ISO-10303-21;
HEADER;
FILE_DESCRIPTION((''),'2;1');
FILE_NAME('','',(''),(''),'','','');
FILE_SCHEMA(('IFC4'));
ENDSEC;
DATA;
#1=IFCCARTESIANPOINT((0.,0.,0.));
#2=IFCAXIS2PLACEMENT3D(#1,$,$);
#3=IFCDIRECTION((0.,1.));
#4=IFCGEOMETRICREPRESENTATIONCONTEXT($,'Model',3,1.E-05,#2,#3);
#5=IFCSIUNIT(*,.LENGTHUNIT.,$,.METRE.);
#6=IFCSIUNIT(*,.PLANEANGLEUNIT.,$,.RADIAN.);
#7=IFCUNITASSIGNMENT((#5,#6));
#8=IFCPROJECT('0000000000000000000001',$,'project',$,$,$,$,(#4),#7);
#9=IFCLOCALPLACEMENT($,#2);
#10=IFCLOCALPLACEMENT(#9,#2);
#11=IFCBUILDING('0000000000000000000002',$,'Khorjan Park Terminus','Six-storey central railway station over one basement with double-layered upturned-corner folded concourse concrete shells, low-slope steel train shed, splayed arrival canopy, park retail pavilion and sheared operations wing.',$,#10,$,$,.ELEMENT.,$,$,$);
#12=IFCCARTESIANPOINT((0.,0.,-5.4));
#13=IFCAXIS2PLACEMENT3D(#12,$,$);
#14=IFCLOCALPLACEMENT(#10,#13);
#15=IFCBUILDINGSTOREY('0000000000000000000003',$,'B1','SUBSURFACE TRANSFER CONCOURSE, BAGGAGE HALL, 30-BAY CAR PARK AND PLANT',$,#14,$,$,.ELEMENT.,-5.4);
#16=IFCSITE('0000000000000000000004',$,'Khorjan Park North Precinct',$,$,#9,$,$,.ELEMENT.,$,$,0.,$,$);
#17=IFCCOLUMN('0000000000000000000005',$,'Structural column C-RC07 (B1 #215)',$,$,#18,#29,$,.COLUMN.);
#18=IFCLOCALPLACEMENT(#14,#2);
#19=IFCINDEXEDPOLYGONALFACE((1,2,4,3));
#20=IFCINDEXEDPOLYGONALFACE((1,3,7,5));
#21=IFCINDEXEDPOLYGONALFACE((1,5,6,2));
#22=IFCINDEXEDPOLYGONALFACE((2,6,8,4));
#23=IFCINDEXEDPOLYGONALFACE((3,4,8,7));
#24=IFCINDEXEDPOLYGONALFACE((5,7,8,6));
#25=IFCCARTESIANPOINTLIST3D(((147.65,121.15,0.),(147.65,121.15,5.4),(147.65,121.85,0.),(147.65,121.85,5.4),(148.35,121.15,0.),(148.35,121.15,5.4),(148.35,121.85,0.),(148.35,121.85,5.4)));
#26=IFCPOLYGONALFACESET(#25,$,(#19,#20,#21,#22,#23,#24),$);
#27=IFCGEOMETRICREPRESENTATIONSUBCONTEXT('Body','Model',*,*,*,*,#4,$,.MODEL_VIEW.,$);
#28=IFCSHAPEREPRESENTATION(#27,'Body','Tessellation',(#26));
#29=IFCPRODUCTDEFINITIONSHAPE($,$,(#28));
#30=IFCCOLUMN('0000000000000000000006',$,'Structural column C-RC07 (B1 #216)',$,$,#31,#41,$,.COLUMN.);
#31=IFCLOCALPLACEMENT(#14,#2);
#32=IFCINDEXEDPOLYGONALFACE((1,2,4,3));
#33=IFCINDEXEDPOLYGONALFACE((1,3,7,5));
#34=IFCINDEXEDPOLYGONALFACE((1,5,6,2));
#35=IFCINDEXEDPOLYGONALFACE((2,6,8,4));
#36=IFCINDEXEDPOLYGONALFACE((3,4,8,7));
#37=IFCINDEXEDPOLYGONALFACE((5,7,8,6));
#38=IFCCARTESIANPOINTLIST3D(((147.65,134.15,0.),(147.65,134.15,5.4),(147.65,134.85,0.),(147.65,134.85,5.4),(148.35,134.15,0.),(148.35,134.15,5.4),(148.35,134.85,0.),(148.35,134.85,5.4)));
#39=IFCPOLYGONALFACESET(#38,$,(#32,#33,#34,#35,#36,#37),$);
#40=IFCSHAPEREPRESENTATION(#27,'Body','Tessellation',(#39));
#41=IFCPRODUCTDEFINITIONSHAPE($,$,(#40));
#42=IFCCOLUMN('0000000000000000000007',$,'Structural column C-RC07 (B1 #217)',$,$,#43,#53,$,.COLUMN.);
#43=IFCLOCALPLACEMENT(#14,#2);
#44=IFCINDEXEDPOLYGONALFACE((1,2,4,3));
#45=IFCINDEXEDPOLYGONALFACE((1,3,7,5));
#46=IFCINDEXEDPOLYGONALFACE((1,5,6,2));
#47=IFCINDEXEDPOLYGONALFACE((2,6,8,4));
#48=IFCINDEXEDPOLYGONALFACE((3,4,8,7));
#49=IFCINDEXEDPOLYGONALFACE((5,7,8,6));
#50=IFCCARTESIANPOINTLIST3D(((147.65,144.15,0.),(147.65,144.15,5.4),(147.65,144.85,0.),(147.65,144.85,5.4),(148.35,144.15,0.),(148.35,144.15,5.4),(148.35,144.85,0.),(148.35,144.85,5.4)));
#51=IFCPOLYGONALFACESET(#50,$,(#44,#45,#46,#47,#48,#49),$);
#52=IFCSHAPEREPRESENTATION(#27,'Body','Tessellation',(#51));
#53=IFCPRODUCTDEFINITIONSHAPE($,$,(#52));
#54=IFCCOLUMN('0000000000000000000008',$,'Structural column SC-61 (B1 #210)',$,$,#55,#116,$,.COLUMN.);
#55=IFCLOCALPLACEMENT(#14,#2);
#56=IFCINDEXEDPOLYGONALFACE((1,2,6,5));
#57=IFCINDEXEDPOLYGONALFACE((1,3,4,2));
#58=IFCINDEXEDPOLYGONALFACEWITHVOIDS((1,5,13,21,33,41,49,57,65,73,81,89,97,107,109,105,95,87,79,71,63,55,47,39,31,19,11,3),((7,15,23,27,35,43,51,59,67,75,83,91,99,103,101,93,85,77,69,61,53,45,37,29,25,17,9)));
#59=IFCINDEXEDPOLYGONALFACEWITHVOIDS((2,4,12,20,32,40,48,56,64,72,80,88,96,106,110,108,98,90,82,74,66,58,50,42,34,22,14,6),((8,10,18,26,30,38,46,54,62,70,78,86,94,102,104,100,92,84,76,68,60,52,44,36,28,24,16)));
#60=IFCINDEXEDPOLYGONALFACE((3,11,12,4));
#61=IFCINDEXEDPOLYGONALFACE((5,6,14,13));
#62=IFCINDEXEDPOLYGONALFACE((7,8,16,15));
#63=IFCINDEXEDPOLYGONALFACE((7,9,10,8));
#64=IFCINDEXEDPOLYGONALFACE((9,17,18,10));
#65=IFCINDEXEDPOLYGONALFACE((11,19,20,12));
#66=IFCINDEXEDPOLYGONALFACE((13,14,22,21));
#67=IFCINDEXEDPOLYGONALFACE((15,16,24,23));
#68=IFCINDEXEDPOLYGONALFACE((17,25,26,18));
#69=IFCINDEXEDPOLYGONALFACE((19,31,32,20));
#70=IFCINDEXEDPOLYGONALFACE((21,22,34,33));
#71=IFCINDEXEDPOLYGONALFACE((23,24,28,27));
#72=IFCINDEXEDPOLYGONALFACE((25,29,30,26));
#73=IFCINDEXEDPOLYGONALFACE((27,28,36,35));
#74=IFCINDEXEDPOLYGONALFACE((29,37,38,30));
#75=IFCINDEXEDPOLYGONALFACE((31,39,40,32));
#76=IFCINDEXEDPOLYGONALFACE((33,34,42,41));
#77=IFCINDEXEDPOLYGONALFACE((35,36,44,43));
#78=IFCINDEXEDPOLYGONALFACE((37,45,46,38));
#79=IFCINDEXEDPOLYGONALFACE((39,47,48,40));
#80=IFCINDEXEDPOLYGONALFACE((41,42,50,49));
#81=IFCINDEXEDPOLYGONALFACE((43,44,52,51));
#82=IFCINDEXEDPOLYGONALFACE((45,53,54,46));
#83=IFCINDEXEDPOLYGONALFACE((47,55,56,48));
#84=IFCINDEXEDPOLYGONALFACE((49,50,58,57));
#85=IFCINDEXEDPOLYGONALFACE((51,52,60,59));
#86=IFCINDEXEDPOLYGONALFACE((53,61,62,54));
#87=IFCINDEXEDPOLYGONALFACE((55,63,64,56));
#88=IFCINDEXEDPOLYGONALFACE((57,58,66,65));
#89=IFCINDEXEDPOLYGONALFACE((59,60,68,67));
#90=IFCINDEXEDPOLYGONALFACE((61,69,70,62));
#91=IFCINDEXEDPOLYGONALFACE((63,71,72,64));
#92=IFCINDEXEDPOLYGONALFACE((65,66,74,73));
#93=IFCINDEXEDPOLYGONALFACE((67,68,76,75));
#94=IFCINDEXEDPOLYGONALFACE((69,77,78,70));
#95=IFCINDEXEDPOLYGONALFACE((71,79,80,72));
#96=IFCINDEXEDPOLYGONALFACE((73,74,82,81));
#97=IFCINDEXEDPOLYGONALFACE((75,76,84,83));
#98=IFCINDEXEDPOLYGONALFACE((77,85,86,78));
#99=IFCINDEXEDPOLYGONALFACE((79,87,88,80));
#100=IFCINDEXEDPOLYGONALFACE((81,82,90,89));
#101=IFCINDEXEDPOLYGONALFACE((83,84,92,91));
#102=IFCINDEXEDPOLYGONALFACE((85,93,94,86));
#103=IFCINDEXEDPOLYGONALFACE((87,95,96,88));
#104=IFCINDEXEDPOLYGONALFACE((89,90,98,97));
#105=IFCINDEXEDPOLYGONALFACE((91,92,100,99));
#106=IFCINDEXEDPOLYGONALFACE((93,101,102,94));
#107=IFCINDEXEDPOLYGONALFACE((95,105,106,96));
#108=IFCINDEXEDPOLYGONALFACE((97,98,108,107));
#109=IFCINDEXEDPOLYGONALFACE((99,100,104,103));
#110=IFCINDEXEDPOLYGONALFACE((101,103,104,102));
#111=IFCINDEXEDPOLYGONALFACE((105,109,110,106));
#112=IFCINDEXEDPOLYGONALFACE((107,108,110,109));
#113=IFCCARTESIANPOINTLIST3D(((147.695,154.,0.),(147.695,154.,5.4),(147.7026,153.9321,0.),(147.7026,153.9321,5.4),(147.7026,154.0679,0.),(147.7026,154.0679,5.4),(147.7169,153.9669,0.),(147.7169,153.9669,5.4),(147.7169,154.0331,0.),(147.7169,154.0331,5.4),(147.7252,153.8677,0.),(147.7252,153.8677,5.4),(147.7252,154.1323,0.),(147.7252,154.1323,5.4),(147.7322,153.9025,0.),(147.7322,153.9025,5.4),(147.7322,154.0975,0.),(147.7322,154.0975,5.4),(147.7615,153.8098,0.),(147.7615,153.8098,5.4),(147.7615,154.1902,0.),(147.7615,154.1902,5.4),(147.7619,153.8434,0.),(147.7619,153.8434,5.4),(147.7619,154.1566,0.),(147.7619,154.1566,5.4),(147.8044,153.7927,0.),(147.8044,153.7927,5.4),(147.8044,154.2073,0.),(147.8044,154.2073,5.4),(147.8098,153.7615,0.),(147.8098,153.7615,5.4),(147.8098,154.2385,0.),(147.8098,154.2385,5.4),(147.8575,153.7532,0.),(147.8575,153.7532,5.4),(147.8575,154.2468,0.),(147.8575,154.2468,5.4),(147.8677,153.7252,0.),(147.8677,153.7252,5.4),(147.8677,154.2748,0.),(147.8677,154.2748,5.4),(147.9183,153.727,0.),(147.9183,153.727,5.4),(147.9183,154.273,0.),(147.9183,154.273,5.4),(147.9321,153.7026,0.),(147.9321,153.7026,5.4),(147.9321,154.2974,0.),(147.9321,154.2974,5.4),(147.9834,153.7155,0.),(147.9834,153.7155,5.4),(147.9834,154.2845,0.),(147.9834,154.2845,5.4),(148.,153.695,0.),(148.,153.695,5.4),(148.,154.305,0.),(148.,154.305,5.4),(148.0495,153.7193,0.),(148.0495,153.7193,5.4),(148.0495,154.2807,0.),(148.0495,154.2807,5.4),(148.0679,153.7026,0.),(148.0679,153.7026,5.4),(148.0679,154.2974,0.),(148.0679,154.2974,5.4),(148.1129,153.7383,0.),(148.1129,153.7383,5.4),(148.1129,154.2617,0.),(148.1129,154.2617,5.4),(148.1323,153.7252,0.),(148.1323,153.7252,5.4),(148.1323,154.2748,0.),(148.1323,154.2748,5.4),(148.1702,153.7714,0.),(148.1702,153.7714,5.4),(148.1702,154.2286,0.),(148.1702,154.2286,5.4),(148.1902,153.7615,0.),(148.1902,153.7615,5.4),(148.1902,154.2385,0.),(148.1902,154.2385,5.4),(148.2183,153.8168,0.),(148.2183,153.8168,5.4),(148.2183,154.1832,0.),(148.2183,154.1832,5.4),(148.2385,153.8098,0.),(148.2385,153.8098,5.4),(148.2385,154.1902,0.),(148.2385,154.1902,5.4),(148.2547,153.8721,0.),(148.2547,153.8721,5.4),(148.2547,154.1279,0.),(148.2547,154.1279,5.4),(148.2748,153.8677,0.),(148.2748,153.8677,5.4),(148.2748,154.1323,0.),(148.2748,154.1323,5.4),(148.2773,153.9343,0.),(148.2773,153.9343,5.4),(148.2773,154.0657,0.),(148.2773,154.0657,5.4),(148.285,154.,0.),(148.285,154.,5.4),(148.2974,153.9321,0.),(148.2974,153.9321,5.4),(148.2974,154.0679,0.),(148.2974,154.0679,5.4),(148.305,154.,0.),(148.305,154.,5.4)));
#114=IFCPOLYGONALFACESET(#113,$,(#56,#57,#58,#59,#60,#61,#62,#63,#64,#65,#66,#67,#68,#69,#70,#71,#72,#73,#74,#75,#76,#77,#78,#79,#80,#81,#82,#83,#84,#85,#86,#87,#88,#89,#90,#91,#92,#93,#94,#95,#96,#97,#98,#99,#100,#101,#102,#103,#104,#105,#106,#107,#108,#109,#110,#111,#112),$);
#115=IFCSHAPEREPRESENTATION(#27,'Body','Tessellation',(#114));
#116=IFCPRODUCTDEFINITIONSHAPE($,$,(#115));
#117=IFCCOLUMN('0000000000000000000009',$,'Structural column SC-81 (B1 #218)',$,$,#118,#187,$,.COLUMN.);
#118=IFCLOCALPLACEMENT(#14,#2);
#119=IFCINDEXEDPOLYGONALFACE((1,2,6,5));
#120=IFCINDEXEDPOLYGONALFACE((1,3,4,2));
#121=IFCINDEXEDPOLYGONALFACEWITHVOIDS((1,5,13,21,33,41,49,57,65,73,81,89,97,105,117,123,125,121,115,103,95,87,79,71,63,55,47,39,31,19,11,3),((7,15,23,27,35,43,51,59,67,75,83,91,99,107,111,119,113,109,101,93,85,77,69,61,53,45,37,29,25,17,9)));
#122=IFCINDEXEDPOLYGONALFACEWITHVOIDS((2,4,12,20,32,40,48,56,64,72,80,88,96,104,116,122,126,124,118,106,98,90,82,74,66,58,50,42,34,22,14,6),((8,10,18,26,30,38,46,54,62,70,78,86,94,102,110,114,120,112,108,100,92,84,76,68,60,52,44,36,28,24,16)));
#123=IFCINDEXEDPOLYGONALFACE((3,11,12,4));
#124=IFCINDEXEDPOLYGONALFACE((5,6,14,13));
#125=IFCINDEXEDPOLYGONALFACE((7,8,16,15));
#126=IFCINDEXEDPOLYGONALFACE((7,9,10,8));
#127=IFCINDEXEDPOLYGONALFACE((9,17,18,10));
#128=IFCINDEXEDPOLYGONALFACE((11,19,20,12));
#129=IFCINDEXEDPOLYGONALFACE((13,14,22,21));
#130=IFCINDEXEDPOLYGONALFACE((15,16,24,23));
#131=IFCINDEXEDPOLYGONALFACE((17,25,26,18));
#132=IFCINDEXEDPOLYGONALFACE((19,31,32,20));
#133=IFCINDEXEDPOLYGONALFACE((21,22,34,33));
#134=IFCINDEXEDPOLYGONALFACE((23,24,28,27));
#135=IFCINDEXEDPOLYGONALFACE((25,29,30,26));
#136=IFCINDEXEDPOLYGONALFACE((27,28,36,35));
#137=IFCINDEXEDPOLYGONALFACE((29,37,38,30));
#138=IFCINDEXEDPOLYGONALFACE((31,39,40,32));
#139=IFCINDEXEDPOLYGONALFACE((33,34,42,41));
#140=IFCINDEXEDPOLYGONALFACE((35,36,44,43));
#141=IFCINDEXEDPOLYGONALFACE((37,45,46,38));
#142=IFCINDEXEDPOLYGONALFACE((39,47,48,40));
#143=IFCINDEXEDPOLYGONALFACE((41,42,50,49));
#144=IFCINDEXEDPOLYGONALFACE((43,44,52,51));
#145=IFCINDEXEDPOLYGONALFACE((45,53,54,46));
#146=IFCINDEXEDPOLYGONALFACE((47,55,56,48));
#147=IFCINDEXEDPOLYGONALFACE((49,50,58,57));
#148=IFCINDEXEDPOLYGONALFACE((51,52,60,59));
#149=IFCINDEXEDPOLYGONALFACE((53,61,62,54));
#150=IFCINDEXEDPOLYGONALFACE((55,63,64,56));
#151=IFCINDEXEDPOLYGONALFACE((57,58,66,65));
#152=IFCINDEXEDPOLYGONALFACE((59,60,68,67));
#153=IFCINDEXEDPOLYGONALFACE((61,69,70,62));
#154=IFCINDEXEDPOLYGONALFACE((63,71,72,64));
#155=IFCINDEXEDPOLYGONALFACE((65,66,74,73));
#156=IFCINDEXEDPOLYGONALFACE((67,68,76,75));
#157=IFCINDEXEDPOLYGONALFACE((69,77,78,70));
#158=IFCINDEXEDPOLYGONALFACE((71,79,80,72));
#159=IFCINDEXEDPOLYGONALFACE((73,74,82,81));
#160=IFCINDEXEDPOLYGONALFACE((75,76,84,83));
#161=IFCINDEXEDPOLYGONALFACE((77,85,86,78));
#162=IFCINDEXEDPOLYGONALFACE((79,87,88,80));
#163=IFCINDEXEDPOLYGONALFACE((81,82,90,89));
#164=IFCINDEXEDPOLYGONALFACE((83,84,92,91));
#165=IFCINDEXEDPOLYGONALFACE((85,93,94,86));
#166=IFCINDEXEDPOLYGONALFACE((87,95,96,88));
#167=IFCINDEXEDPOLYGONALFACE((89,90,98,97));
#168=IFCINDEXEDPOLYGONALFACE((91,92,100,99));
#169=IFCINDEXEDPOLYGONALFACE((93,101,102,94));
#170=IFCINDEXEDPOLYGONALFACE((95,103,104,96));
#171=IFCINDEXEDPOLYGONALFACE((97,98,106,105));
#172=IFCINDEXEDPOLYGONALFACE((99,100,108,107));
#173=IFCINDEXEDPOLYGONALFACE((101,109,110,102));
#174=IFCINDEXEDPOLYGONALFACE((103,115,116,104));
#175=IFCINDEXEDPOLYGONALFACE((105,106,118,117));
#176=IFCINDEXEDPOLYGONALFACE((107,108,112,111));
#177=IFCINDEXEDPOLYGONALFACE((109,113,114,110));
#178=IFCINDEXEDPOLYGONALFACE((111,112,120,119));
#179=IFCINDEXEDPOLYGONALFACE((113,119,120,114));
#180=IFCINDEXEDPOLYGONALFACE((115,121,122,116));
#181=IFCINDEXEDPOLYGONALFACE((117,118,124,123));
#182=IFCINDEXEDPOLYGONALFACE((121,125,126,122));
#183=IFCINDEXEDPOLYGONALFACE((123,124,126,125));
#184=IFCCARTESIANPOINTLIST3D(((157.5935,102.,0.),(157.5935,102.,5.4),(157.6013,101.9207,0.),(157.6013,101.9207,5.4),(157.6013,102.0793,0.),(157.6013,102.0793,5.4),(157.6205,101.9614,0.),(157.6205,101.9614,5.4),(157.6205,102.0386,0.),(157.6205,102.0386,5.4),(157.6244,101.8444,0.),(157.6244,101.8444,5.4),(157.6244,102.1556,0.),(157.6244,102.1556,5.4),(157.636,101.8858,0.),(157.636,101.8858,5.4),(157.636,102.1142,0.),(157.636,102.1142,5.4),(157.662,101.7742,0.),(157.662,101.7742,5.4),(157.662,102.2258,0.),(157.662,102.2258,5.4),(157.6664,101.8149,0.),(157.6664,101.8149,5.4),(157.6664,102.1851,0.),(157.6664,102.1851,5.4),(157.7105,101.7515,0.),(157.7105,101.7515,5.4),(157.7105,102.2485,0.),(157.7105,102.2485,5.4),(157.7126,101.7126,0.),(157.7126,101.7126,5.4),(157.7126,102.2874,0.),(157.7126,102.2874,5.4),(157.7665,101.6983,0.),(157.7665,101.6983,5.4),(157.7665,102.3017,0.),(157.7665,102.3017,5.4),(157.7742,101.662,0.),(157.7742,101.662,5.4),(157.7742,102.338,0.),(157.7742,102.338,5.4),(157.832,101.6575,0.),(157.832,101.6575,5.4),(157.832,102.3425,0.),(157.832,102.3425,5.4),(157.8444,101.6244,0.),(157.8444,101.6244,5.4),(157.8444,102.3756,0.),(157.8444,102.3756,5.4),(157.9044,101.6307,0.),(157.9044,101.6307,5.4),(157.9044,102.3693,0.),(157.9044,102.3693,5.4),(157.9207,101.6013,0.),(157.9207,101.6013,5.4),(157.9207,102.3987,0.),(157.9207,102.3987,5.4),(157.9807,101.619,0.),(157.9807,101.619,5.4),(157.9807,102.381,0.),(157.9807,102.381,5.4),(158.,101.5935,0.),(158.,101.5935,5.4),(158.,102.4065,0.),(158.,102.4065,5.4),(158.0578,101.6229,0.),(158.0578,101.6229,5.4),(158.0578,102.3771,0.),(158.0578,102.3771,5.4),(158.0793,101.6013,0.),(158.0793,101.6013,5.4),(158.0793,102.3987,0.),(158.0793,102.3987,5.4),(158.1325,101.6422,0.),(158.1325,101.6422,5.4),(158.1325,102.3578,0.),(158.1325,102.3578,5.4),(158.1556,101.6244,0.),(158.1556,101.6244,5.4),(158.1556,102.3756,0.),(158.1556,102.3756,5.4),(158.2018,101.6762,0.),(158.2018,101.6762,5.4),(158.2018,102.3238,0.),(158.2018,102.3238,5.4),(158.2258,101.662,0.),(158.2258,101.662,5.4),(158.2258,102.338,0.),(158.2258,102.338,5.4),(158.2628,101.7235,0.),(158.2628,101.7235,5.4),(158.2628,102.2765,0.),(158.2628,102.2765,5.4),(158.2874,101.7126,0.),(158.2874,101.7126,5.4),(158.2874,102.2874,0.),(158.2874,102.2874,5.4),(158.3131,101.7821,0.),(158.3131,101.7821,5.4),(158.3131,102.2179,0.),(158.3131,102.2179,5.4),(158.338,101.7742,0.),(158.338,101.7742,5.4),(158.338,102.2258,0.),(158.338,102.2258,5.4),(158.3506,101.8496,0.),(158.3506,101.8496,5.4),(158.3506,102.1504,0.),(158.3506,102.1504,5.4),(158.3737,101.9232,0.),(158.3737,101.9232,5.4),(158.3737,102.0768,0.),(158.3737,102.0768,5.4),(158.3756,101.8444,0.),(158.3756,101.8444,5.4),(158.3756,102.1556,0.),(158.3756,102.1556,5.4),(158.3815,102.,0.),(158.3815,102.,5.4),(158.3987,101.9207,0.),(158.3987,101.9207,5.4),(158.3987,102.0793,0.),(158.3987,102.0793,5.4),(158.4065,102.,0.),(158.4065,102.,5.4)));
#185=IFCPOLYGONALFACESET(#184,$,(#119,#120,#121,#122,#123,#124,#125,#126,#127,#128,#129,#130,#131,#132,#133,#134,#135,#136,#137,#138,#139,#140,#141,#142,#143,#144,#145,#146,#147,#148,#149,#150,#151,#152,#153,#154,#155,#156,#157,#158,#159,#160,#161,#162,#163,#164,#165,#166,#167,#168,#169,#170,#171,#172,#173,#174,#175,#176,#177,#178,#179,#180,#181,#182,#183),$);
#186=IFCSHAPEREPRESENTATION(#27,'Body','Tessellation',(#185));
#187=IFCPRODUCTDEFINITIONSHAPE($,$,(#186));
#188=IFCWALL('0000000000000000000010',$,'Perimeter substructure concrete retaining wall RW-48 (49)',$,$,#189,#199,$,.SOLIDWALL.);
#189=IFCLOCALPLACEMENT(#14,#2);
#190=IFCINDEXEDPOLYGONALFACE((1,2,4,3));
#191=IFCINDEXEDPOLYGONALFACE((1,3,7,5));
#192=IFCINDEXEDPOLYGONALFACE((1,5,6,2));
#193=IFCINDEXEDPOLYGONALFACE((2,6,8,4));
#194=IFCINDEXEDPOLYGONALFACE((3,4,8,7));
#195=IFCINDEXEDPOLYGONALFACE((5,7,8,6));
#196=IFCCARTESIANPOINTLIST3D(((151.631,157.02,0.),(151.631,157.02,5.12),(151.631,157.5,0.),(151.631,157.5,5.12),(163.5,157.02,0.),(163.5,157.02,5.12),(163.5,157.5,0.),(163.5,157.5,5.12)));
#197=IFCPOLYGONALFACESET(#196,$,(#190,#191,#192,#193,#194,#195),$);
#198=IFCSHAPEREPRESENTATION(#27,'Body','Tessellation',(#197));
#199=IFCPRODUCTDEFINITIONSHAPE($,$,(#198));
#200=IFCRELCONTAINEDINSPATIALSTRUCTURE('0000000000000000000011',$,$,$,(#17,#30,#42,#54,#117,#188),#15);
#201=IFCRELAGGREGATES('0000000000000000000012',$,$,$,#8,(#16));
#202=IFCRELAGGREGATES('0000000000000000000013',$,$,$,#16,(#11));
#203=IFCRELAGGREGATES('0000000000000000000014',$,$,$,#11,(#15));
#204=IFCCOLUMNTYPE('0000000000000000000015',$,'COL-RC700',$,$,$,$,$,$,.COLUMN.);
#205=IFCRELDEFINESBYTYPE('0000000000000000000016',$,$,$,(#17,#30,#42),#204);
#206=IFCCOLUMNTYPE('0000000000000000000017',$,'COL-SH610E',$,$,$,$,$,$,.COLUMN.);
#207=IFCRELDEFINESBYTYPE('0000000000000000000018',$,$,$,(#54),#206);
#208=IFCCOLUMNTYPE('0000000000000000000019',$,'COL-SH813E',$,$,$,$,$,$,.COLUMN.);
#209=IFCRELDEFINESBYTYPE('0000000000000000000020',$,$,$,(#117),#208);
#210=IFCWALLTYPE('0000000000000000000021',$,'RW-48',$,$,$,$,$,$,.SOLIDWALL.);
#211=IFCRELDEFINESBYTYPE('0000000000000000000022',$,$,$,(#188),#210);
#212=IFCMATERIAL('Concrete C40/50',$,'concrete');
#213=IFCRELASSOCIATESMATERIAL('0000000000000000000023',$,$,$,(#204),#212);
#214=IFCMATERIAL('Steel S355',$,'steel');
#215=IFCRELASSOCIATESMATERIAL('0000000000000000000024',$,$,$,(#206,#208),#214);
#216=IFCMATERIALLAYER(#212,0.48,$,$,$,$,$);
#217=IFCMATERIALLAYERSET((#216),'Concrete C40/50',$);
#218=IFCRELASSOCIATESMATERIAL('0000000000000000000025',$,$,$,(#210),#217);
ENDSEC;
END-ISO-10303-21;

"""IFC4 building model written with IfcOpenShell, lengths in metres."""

from ifc_helpers import new_model, si_unit, direction, frame, frame_2d, origin, origin_2d, place, context, subcontext, project, spatial, rectangle, hollow_circle, extrude, material, layer, layer_set, material_profile, profile_set, type_object, element, save


model = new_model("IFC4")

# Units and contexts
model_context = context("Model", 3, precision=1e-05, world=origin(), true_north=direction((0.0, 1.0)))
body_context = subcontext(model_context, "Body", "Model", "MODEL_VIEW")
ifc_project = project(units=[si_unit("LENGTHUNIT", "METRE"), si_unit("PLANEANGLEUNIT", "RADIAN")], contexts=[model_context])

# Site, building, storey
site_placement = place(None, origin())
site = spatial("IfcSite", under=ifc_project, at=site_placement, Name="Khorjan Park North Precinct", CompositionType="ELEMENT", RefElevation=0.0)
building_placement = place(site_placement, origin())
building = spatial("IfcBuilding", under=site, at=building_placement, Name="Khorjan Park Terminus", Description="Six-storey central railway station over one basement with double-layered upturned-corner folded concourse concrete shells, low-slope steel train shed, splayed arrival canopy, park retail pavilion and sheared operations wing.", CompositionType="ELEMENT")
storey_placement = place(building_placement, frame((0.0, 0.0, -5.4)))
storey = spatial("IfcBuildingStorey", under=building, at=storey_placement, Name="B1", Description="SUBSURFACE TRANSFER CONCOURSE, BAGGAGE HALL, 30-BAY CAR PARK AND PLANT", CompositionType="ELEMENT", Elevation=-5.4)

# Shared definitions
ifc_material_1 = material(Name="Concrete C40/50", Category="concrete")

# Columns
ifc_material_profile_1 = material_profile(ifc_material_1, rectangle(XDim=0.7, YDim=0.7, at=origin_2d()), Name="RC 700x700")
ifc_profile_set_1 = profile_set([ifc_material_profile_1], Name="Concrete C40/50")
column_type_1 = type_object("IfcColumnType", Name="COL-RC700", PredefinedType="COLUMN", material=ifc_profile_set_1)
for number, where, z_axis, x_axis, name in (
    (1, (148.0, 121.5, 0.0), (0.0, 0.0, 1.0), (1.0, 0.0, 0.0), "Structural column C-RC07 (B1 #215)"),
    (2, (148.0, 134.5, 0.0), (0.0, 0.0, 1.0), (1.0, 0.0, 0.0), "Structural column C-RC07 (B1 #216)"),
    (3, (148.0, 144.5, 0.0), (0.0, 0.0, 1.0), (1.0, 0.0, 0.0), "Structural column C-RC07 (B1 #217)"),
):
    element("IfcColumn", number, at=place(storey_placement, frame(where, z_axis=z_axis, x_axis=x_axis)), inside=storey, type_object=column_type_1, Name=name, PredefinedType="COLUMN", context=body_context, shape_type="SweptSolid", body=[
        extrude(rectangle(XDim=0.7, YDim=0.7, at=origin_2d()), origin(), (0.0, 0.0, 1.0), 5.4),
    ])
ifc_material_2 = material(Name="Steel S355", Category="steel")
ifc_material_profile_2 = material_profile(ifc_material_2, hollow_circle(Radius=0.305, WallThickness=0.02, at=origin_2d()), Name="CHS 610x20")
ifc_profile_set_2 = profile_set([ifc_material_profile_2], Name="Steel S355")
column_type_2 = type_object("IfcColumnType", Name="COL-SH610E", PredefinedType="COLUMN", material=ifc_profile_set_2)
column_1_placement = place(storey_placement, frame((148.0, 154.0, 0.0), z_axis=(0.0, 0.0, 1.0), x_axis=(1.0, 0.0, 0.0)))
element("IfcColumn", 4, at=column_1_placement, inside=storey, type_object=column_type_2, Name="Structural column SC-61 (B1 #210)", PredefinedType="COLUMN", context=body_context, shape_type="SweptSolid", body=[
    extrude(hollow_circle(Radius=0.305, WallThickness=0.02, at=origin_2d()), origin(), (0.0, 0.0, 1.0), 5.4),
])
ifc_material_profile_3 = material_profile(ifc_material_2, hollow_circle(Radius=0.4065, WallThickness=0.025, at=origin_2d()), Name="CHS 813x25")
ifc_profile_set_3 = profile_set([ifc_material_profile_3], Name="Steel S355")
column_type_3 = type_object("IfcColumnType", Name="COL-SH813E", PredefinedType="COLUMN", material=ifc_profile_set_3)
column_2_placement = place(storey_placement, frame((158.0, 102.0, 0.0), z_axis=(0.0, 0.0, 1.0), x_axis=(1.0, 0.0, 0.0)))
element("IfcColumn", 5, at=column_2_placement, inside=storey, type_object=column_type_3, Name="Structural column SC-81 (B1 #218)", PredefinedType="COLUMN", context=body_context, shape_type="SweptSolid", body=[
    extrude(hollow_circle(Radius=0.4065, WallThickness=0.025, at=origin_2d()), origin(), (0.0, 0.0, 1.0), 5.4),
])

# Wall
ifc_layer = layer(ifc_material_1, 0.48)
ifc_layer_set = layer_set([ifc_layer], Name="Concrete C40/50")
wall_type = type_object("IfcWallType", Name="RW-48", PredefinedType="SOLIDWALL", material=ifc_layer_set)
wall_placement = place(storey_placement, frame((151.631, 157.26, 0.0), z_axis=(0.0, 0.0, 1.0), x_axis=(1.0, 0.0, 0.0)))
element("IfcWall", 6, at=wall_placement, inside=storey, type_object=wall_type, Name="Perimeter substructure concrete retaining wall RW-48 (49)", PredefinedType="SOLIDWALL", context=body_context, shape_type="SweptSolid", body=[
    extrude(rectangle(XDim=11.869, YDim=0.48, at=frame_2d((5.9345, 0.0))), origin(), (0.0, 0.0, 1.0), 5.12),
])

save(model, "model.ifc")
